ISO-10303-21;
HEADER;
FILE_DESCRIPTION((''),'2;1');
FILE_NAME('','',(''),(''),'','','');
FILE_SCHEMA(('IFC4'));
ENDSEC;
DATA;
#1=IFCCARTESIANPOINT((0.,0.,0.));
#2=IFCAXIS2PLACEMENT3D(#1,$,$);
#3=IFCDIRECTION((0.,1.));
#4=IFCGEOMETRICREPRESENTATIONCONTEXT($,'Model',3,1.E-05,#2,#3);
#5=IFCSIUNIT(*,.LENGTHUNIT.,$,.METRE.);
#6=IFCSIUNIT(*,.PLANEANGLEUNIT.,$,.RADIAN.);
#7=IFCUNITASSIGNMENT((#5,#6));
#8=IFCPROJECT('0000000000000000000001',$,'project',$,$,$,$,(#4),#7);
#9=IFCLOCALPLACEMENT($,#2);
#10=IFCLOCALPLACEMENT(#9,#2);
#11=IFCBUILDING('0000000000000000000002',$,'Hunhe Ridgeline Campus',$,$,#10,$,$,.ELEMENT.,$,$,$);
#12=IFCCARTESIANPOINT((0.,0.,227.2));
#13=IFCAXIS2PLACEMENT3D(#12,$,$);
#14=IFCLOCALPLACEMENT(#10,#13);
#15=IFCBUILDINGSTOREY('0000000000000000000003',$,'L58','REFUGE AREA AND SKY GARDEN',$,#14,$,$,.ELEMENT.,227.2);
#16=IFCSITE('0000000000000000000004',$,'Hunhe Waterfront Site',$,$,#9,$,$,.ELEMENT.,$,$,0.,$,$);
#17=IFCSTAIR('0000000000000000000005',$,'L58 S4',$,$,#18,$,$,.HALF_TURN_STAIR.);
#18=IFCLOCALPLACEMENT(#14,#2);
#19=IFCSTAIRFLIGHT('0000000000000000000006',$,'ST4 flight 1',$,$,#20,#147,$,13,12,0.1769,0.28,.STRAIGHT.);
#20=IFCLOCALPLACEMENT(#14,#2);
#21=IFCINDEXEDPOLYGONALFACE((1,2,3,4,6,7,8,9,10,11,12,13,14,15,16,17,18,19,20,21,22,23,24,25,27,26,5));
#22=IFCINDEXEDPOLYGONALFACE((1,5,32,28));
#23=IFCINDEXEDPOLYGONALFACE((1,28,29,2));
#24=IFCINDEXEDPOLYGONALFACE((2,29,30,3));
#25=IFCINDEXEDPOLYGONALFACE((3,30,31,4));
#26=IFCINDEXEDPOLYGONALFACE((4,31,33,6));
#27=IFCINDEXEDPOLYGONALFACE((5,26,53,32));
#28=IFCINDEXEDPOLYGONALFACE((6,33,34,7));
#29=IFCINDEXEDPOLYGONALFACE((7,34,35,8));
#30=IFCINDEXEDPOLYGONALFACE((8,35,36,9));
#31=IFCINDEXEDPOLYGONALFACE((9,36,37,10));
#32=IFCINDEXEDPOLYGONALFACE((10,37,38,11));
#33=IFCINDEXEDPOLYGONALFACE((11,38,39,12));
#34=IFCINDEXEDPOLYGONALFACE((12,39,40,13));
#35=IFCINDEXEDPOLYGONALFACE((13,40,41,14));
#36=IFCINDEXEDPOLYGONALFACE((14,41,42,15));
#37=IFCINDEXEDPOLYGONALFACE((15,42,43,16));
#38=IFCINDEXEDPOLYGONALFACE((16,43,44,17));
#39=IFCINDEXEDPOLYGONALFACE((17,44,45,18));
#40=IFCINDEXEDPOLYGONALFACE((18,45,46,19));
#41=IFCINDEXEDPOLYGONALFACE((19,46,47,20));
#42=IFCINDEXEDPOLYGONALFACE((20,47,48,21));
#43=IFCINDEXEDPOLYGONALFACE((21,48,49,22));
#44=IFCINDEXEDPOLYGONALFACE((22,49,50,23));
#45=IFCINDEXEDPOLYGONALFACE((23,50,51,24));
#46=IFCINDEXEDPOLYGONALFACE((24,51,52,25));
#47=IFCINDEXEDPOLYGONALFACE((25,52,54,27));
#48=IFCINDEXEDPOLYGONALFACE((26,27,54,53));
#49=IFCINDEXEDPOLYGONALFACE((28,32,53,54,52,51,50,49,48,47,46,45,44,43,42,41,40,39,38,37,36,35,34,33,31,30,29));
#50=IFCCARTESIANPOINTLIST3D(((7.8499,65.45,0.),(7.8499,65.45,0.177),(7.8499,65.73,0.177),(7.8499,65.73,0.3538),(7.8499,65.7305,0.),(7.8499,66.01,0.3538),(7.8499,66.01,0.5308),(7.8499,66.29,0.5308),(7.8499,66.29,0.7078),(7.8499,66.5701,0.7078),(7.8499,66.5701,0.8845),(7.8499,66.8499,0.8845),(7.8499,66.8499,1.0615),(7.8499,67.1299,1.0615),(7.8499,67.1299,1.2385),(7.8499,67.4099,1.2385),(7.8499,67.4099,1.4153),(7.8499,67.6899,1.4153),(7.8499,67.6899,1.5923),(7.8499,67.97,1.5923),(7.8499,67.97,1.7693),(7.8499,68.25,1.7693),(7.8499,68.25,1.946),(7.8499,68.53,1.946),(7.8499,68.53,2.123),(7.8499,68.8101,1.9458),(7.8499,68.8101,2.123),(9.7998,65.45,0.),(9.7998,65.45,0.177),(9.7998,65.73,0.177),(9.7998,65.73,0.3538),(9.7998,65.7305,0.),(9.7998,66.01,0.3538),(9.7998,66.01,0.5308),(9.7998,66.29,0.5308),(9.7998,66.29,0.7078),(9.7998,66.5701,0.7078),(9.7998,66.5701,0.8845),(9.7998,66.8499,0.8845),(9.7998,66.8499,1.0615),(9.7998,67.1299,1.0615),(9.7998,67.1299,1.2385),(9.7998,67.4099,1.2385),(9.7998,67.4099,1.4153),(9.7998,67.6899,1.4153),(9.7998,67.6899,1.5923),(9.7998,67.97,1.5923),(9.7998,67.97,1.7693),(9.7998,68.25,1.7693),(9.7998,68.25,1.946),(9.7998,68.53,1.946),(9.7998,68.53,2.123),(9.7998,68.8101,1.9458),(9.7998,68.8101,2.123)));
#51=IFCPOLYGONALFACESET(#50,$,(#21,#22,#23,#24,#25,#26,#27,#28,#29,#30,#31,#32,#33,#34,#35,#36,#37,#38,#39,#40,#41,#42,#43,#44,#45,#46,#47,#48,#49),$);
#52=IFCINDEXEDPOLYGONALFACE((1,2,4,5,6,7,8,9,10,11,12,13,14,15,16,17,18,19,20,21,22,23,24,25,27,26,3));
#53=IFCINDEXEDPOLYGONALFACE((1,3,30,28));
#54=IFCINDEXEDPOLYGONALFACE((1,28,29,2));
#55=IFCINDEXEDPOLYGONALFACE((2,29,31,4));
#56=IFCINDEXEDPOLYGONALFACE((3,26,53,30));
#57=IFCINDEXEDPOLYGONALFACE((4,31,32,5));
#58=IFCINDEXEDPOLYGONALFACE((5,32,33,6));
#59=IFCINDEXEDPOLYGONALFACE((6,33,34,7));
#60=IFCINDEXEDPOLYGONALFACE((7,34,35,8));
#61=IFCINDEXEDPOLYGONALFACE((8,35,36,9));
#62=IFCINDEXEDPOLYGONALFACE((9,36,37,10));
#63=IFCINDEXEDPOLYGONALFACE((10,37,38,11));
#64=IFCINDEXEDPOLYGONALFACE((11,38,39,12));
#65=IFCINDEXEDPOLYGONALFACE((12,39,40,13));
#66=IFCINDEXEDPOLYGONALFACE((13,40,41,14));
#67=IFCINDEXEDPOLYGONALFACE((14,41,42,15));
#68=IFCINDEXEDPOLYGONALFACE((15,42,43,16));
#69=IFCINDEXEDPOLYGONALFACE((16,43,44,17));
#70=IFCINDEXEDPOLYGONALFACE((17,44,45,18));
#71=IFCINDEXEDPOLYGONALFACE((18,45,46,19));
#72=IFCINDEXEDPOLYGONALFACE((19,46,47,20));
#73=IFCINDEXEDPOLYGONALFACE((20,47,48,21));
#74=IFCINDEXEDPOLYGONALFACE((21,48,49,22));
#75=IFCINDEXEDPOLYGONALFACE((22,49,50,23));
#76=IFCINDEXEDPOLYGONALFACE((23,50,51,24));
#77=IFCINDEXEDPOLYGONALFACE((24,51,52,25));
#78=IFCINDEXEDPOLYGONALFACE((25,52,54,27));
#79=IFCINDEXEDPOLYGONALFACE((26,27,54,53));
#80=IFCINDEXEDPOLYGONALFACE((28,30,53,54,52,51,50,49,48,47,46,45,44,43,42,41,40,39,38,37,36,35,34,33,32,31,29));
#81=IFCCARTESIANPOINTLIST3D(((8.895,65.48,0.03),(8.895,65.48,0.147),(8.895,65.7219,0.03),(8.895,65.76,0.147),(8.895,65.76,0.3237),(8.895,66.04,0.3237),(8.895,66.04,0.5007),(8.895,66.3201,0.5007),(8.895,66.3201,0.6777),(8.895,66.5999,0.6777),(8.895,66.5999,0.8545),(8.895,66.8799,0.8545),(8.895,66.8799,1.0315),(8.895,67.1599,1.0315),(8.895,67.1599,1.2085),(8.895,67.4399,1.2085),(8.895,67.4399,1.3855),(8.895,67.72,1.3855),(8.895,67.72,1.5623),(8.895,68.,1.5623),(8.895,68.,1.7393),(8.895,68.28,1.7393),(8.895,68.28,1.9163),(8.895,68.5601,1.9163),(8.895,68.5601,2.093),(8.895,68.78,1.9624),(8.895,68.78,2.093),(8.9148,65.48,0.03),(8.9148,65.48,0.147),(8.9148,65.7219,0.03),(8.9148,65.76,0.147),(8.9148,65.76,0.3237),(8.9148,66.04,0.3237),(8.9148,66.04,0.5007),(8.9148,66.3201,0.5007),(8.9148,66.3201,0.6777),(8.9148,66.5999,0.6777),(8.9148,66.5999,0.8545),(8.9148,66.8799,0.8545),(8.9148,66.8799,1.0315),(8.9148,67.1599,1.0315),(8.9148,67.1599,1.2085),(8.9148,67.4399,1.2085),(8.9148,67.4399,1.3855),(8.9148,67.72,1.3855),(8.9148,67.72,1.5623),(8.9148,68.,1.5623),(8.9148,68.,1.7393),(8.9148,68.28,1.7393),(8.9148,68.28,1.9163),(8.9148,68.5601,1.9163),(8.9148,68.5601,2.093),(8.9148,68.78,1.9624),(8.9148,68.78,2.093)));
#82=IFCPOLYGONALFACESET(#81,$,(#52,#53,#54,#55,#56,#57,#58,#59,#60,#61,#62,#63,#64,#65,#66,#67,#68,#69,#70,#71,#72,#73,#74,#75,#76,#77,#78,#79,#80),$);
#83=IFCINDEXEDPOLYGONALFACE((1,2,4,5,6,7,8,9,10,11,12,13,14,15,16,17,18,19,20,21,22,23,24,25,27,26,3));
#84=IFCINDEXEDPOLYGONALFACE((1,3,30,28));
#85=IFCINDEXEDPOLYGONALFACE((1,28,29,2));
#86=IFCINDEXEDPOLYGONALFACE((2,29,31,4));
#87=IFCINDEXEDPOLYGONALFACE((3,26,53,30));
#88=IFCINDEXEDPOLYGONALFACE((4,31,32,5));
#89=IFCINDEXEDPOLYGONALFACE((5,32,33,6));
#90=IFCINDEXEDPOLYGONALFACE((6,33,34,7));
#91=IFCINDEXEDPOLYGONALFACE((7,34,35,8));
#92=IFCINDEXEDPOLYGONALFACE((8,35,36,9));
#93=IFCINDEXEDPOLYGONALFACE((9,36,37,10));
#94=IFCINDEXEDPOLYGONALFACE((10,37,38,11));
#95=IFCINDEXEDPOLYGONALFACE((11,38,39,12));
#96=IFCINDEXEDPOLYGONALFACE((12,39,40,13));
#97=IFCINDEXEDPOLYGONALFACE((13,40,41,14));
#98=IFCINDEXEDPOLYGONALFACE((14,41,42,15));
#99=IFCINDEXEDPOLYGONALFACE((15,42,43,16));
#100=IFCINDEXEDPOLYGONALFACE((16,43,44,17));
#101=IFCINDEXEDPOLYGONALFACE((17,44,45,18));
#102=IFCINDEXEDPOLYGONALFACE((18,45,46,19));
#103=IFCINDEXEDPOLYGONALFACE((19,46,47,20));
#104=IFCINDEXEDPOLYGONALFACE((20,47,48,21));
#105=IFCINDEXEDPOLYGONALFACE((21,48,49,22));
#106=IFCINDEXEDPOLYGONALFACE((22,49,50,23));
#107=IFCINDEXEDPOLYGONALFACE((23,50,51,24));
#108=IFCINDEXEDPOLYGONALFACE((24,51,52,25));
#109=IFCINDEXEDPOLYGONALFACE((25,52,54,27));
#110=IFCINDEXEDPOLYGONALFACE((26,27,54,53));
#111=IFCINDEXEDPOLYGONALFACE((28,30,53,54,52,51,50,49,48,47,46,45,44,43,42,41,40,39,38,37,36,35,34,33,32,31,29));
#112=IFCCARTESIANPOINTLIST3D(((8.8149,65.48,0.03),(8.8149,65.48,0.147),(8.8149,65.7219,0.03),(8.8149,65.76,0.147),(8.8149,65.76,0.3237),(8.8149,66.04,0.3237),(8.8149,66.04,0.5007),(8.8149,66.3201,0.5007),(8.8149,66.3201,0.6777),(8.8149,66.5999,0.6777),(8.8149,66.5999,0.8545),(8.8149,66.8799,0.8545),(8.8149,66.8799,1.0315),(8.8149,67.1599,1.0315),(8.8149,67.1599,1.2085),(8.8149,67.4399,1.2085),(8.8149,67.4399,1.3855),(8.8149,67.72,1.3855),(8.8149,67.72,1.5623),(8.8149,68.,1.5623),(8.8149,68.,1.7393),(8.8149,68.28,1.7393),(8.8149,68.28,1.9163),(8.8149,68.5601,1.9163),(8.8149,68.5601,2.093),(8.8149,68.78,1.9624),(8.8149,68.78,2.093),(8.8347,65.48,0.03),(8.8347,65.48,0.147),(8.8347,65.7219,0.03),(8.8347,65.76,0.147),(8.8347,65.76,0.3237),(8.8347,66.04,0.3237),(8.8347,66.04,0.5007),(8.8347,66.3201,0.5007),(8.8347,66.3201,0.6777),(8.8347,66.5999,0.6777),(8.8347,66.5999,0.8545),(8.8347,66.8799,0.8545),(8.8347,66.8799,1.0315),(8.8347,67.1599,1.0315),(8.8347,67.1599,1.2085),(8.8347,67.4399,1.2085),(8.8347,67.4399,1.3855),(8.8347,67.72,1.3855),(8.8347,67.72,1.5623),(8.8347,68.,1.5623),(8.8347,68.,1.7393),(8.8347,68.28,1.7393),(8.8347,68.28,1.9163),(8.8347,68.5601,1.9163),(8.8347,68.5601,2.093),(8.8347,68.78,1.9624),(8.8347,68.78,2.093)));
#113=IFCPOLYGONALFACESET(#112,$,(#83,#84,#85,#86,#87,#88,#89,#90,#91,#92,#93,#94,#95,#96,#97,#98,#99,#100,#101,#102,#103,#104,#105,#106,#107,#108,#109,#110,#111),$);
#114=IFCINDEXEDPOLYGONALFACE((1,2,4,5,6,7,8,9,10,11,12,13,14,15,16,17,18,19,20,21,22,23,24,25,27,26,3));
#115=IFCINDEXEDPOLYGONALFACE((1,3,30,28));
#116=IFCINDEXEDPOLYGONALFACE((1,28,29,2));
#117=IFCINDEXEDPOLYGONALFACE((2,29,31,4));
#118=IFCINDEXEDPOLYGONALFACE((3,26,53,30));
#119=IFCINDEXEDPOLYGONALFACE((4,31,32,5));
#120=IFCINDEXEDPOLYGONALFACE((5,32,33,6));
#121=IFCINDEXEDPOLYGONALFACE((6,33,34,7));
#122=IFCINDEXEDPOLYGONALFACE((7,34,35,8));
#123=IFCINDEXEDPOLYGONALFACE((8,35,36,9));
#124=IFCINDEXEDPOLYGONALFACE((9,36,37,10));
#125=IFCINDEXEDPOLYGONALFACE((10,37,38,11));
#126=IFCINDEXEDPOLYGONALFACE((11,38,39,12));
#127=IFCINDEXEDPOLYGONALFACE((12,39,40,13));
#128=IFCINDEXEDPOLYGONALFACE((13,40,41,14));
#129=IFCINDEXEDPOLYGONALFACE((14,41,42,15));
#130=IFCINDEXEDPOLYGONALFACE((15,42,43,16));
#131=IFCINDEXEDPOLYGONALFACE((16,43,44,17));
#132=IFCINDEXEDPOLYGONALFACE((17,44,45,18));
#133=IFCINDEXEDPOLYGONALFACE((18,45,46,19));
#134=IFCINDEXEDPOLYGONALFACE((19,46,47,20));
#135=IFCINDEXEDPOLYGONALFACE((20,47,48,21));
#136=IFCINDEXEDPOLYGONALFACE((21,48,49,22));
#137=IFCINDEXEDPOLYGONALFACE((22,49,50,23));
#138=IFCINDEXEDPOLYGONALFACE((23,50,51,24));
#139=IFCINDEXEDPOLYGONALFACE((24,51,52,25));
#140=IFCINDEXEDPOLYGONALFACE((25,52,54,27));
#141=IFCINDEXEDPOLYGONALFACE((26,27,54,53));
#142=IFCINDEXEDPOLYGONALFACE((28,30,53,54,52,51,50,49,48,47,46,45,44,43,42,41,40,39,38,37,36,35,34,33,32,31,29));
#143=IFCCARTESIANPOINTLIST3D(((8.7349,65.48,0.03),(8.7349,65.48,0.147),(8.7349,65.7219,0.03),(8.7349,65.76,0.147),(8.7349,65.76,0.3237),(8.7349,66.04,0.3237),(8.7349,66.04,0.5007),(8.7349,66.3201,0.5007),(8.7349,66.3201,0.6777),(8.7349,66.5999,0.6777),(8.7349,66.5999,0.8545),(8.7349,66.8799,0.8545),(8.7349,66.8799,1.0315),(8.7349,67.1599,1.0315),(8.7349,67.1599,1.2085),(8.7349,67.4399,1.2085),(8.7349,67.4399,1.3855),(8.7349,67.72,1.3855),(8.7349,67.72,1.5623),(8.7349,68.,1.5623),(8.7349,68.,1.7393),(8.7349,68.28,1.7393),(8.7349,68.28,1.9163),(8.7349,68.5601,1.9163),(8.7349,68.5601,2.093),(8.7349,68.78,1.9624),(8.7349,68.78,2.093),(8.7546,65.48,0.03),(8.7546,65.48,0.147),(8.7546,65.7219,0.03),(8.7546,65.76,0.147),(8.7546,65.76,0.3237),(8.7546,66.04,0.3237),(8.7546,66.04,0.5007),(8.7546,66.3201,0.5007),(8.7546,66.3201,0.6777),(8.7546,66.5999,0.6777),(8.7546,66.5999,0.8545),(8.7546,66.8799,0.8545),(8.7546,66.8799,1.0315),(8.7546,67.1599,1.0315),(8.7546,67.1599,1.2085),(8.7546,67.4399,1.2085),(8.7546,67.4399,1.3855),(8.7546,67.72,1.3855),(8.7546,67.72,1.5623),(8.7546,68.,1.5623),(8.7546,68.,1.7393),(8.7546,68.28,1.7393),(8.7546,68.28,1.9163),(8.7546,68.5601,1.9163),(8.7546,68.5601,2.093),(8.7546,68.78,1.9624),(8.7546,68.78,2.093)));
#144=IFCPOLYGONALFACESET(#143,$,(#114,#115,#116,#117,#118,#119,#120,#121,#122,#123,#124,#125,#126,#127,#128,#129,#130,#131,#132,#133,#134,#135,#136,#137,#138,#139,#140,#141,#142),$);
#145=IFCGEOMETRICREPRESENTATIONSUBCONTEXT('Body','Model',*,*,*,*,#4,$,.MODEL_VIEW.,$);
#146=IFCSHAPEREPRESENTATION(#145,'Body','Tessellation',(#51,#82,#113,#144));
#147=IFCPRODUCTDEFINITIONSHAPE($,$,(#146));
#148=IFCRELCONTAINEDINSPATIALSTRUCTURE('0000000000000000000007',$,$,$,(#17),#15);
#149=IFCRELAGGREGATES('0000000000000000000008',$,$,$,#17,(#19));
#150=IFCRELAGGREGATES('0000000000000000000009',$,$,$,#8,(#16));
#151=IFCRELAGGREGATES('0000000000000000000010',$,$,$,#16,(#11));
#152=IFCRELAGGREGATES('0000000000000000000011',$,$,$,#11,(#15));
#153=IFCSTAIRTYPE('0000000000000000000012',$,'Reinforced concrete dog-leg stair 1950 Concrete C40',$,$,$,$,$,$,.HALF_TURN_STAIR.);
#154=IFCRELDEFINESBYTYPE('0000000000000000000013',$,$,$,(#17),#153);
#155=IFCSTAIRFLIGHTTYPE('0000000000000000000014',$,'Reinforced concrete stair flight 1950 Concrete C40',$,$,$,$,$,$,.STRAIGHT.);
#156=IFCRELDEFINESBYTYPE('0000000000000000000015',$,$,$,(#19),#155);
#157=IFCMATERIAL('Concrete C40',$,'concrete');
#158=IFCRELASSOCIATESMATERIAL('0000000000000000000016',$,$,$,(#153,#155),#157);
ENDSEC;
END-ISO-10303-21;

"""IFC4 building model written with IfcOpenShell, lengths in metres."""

from ifc_helpers import new_model, si_unit, direction, frame, origin, place, context, subcontext, project, spatial, polyline, outline, extrude, material, type_object, element, aggregate, save


model = new_model("IFC4")

# Units and contexts
model_context = context("Model", 3, precision=1e-05, world=origin(), true_north=direction((0.0, 1.0)))
body_context = subcontext(model_context, "Body", "Model", "MODEL_VIEW")
ifc_project = project(units=[si_unit("LENGTHUNIT", "METRE"), si_unit("PLANEANGLEUNIT", "RADIAN")], contexts=[model_context])

# Site, building, storey
site_placement = place(None, origin())
site = spatial("IfcSite", under=ifc_project, at=site_placement, Name="Hunhe Waterfront Site", CompositionType="ELEMENT", RefElevation=0.0)
building_placement = place(site_placement, origin())
building = spatial("IfcBuilding", under=site, at=building_placement, Name="Hunhe Ridgeline Campus", CompositionType="ELEMENT")
storey_placement = place(building_placement, frame((0.0, 0.0, 227.2)))
storey = spatial("IfcBuildingStorey", under=building, at=storey_placement, Name="L58", Description="REFUGE AREA AND SKY GARDEN", CompositionType="ELEMENT", Elevation=227.2)

# Stair, stair flight
ifc_material_1 = material(Name="Concrete C40", Category="concrete")
stair_type = type_object("IfcStairType", Name="Reinforced concrete dog-leg stair 1950 Concrete C40", PredefinedType="HALF_TURN_STAIR", material=ifc_material_1)
stair_flight_type = type_object("IfcStairFlightType", Name="Reinforced concrete stair flight 1950 Concrete C40", PredefinedType="STRAIGHT", material=ifc_material_1)
stair_1_placement = place(storey_placement, origin())
stair_1 = element("IfcStair", 1, at=stair_1_placement, inside=storey, type_object=stair_type, Name="L58 S4", PredefinedType="HALF_TURN_STAIR")
stair_flight_1_placement = place(storey_placement, frame((8.825, 65.45, 0.0), z_axis=(0.0, 0.0, 1.0), x_axis=(0.0, 1.0, 0.0)))
stair_flight_1 = element("IfcStairFlight", 2, at=stair_flight_1_placement, type_object=stair_flight_type, Name="ST4 flight 1", NumberOfRisers=13, NumberOfTreads=12, PredefinedType="STRAIGHT", RiserHeight=0.1769, TreadLength=0.28, context=body_context, shape_type="SweptSolid", body=[
    extrude(outline(polyline([(0.0, 0.0), (0.0, 0.177), (0.28, 0.177), (0.28, 0.3538), (0.5601, 0.3538), (0.5601, 0.5308), (0.8401, 0.5308), (0.8401, 0.7078), (1.1201, 0.7078), (1.1201, 0.8845), (1.3999, 0.8845), (1.3999, 1.0615), (1.6799, 1.0615), (1.6799, 1.2385), (1.96, 1.2385), (1.96, 1.4153), (2.24, 1.4153), (2.24, 1.5923), (2.52, 1.5923), (2.52, 1.7693), (2.8, 1.7693), (2.8, 1.946), (3.0801, 1.946), (3.0801, 2.123), (3.3601, 2.123), (3.3601, 2.3), (3.3601, 1.9458), (0.2805, 0.0), (0.0, 0.0)])), frame((0.0, 0.9751, 0.0), z_axis=(0.0, -1.0, 0.0), x_axis=(1.0, 0.0, 0.0)), (0.0, 0.0, 1.0), 1.95),
    extrude(outline(polyline([(0.03, 0.03), (0.03, 0.147), (0.3101, 0.147), (0.3101, 0.3237), (0.5901, 0.3237), (0.5901, 0.5007), (0.8701, 0.5007), (0.8701, 0.6777), (1.1499, 0.6777), (1.1499, 0.8545), (1.4299, 0.8545), (1.4299, 1.0315), (1.71, 1.0315), (1.71, 1.2085), (1.99, 1.2085), (1.99, 1.3855), (2.27, 1.3855), (2.27, 1.5623), (2.55, 1.5623), (2.55, 1.7393), (2.8301, 1.7393), (2.8301, 1.9163), (3.1101, 1.9163), (3.1101, 2.093), (3.3301, 2.093), (3.3301, 1.9624), (0.272, 0.03), (0.03, 0.03)])), frame((0.0, -0.0701, 0.0), z_axis=(0.0, -1.0, 0.0), x_axis=(1.0, 0.0, 0.0)), (0.0, 0.0, 1.0), 0.0198),
    extrude(outline(polyline([(0.03, 0.03), (0.03, 0.147), (0.3101, 0.147), (0.3101, 0.3237), (0.5901, 0.3237), (0.5901, 0.5007), (0.8701, 0.5007), (0.8701, 0.6777), (1.1499, 0.6777), (1.1499, 0.8545), (1.4299, 0.8545), (1.4299, 1.0315), (1.71, 1.0315), (1.71, 1.2085), (1.99, 1.2085), (1.99, 1.3855), (2.27, 1.3855), (2.27, 1.5623), (2.55, 1.5623), (2.55, 1.7393), (2.8301, 1.7393), (2.8301, 1.9163), (3.1101, 1.9163), (3.1101, 2.093), (3.3301, 2.093), (3.3301, 1.9624), (0.272, 0.03), (0.03, 0.03)])), frame((0.0, 0.01, 0.0), z_axis=(0.0, -1.0, 0.0), x_axis=(1.0, 0.0, 0.0)), (0.0, 0.0, 1.0), 0.0198),
    extrude(outline(polyline([(0.03, 0.03), (0.03, 0.147), (0.3101, 0.147), (0.3101, 0.3237), (0.5901, 0.3237), (0.5901, 0.5007), (0.8701, 0.5007), (0.8701, 0.6777), (1.1499, 0.6777), (1.1499, 0.8545), (1.4299, 0.8545), (1.4299, 1.0315), (1.71, 1.0315), (1.71, 1.2085), (1.99, 1.2085), (1.99, 1.3855), (2.27, 1.3855), (2.27, 1.5623), (2.55, 1.5623), (2.55, 1.7393), (2.8301, 1.7393), (2.8301, 1.9163), (3.1101, 1.9163), (3.1101, 2.093), (3.3301, 2.093), (3.3301, 1.9624), (0.272, 0.03), (0.03, 0.03)])), frame((0.0, 0.0901, 0.0), z_axis=(0.0, -1.0, 0.0), x_axis=(1.0, 0.0, 0.0)), (0.0, 0.0, 1.0), 0.0198),
])
aggregate(stair_1, [stair_flight_1])

save(model, "model.ifc")
